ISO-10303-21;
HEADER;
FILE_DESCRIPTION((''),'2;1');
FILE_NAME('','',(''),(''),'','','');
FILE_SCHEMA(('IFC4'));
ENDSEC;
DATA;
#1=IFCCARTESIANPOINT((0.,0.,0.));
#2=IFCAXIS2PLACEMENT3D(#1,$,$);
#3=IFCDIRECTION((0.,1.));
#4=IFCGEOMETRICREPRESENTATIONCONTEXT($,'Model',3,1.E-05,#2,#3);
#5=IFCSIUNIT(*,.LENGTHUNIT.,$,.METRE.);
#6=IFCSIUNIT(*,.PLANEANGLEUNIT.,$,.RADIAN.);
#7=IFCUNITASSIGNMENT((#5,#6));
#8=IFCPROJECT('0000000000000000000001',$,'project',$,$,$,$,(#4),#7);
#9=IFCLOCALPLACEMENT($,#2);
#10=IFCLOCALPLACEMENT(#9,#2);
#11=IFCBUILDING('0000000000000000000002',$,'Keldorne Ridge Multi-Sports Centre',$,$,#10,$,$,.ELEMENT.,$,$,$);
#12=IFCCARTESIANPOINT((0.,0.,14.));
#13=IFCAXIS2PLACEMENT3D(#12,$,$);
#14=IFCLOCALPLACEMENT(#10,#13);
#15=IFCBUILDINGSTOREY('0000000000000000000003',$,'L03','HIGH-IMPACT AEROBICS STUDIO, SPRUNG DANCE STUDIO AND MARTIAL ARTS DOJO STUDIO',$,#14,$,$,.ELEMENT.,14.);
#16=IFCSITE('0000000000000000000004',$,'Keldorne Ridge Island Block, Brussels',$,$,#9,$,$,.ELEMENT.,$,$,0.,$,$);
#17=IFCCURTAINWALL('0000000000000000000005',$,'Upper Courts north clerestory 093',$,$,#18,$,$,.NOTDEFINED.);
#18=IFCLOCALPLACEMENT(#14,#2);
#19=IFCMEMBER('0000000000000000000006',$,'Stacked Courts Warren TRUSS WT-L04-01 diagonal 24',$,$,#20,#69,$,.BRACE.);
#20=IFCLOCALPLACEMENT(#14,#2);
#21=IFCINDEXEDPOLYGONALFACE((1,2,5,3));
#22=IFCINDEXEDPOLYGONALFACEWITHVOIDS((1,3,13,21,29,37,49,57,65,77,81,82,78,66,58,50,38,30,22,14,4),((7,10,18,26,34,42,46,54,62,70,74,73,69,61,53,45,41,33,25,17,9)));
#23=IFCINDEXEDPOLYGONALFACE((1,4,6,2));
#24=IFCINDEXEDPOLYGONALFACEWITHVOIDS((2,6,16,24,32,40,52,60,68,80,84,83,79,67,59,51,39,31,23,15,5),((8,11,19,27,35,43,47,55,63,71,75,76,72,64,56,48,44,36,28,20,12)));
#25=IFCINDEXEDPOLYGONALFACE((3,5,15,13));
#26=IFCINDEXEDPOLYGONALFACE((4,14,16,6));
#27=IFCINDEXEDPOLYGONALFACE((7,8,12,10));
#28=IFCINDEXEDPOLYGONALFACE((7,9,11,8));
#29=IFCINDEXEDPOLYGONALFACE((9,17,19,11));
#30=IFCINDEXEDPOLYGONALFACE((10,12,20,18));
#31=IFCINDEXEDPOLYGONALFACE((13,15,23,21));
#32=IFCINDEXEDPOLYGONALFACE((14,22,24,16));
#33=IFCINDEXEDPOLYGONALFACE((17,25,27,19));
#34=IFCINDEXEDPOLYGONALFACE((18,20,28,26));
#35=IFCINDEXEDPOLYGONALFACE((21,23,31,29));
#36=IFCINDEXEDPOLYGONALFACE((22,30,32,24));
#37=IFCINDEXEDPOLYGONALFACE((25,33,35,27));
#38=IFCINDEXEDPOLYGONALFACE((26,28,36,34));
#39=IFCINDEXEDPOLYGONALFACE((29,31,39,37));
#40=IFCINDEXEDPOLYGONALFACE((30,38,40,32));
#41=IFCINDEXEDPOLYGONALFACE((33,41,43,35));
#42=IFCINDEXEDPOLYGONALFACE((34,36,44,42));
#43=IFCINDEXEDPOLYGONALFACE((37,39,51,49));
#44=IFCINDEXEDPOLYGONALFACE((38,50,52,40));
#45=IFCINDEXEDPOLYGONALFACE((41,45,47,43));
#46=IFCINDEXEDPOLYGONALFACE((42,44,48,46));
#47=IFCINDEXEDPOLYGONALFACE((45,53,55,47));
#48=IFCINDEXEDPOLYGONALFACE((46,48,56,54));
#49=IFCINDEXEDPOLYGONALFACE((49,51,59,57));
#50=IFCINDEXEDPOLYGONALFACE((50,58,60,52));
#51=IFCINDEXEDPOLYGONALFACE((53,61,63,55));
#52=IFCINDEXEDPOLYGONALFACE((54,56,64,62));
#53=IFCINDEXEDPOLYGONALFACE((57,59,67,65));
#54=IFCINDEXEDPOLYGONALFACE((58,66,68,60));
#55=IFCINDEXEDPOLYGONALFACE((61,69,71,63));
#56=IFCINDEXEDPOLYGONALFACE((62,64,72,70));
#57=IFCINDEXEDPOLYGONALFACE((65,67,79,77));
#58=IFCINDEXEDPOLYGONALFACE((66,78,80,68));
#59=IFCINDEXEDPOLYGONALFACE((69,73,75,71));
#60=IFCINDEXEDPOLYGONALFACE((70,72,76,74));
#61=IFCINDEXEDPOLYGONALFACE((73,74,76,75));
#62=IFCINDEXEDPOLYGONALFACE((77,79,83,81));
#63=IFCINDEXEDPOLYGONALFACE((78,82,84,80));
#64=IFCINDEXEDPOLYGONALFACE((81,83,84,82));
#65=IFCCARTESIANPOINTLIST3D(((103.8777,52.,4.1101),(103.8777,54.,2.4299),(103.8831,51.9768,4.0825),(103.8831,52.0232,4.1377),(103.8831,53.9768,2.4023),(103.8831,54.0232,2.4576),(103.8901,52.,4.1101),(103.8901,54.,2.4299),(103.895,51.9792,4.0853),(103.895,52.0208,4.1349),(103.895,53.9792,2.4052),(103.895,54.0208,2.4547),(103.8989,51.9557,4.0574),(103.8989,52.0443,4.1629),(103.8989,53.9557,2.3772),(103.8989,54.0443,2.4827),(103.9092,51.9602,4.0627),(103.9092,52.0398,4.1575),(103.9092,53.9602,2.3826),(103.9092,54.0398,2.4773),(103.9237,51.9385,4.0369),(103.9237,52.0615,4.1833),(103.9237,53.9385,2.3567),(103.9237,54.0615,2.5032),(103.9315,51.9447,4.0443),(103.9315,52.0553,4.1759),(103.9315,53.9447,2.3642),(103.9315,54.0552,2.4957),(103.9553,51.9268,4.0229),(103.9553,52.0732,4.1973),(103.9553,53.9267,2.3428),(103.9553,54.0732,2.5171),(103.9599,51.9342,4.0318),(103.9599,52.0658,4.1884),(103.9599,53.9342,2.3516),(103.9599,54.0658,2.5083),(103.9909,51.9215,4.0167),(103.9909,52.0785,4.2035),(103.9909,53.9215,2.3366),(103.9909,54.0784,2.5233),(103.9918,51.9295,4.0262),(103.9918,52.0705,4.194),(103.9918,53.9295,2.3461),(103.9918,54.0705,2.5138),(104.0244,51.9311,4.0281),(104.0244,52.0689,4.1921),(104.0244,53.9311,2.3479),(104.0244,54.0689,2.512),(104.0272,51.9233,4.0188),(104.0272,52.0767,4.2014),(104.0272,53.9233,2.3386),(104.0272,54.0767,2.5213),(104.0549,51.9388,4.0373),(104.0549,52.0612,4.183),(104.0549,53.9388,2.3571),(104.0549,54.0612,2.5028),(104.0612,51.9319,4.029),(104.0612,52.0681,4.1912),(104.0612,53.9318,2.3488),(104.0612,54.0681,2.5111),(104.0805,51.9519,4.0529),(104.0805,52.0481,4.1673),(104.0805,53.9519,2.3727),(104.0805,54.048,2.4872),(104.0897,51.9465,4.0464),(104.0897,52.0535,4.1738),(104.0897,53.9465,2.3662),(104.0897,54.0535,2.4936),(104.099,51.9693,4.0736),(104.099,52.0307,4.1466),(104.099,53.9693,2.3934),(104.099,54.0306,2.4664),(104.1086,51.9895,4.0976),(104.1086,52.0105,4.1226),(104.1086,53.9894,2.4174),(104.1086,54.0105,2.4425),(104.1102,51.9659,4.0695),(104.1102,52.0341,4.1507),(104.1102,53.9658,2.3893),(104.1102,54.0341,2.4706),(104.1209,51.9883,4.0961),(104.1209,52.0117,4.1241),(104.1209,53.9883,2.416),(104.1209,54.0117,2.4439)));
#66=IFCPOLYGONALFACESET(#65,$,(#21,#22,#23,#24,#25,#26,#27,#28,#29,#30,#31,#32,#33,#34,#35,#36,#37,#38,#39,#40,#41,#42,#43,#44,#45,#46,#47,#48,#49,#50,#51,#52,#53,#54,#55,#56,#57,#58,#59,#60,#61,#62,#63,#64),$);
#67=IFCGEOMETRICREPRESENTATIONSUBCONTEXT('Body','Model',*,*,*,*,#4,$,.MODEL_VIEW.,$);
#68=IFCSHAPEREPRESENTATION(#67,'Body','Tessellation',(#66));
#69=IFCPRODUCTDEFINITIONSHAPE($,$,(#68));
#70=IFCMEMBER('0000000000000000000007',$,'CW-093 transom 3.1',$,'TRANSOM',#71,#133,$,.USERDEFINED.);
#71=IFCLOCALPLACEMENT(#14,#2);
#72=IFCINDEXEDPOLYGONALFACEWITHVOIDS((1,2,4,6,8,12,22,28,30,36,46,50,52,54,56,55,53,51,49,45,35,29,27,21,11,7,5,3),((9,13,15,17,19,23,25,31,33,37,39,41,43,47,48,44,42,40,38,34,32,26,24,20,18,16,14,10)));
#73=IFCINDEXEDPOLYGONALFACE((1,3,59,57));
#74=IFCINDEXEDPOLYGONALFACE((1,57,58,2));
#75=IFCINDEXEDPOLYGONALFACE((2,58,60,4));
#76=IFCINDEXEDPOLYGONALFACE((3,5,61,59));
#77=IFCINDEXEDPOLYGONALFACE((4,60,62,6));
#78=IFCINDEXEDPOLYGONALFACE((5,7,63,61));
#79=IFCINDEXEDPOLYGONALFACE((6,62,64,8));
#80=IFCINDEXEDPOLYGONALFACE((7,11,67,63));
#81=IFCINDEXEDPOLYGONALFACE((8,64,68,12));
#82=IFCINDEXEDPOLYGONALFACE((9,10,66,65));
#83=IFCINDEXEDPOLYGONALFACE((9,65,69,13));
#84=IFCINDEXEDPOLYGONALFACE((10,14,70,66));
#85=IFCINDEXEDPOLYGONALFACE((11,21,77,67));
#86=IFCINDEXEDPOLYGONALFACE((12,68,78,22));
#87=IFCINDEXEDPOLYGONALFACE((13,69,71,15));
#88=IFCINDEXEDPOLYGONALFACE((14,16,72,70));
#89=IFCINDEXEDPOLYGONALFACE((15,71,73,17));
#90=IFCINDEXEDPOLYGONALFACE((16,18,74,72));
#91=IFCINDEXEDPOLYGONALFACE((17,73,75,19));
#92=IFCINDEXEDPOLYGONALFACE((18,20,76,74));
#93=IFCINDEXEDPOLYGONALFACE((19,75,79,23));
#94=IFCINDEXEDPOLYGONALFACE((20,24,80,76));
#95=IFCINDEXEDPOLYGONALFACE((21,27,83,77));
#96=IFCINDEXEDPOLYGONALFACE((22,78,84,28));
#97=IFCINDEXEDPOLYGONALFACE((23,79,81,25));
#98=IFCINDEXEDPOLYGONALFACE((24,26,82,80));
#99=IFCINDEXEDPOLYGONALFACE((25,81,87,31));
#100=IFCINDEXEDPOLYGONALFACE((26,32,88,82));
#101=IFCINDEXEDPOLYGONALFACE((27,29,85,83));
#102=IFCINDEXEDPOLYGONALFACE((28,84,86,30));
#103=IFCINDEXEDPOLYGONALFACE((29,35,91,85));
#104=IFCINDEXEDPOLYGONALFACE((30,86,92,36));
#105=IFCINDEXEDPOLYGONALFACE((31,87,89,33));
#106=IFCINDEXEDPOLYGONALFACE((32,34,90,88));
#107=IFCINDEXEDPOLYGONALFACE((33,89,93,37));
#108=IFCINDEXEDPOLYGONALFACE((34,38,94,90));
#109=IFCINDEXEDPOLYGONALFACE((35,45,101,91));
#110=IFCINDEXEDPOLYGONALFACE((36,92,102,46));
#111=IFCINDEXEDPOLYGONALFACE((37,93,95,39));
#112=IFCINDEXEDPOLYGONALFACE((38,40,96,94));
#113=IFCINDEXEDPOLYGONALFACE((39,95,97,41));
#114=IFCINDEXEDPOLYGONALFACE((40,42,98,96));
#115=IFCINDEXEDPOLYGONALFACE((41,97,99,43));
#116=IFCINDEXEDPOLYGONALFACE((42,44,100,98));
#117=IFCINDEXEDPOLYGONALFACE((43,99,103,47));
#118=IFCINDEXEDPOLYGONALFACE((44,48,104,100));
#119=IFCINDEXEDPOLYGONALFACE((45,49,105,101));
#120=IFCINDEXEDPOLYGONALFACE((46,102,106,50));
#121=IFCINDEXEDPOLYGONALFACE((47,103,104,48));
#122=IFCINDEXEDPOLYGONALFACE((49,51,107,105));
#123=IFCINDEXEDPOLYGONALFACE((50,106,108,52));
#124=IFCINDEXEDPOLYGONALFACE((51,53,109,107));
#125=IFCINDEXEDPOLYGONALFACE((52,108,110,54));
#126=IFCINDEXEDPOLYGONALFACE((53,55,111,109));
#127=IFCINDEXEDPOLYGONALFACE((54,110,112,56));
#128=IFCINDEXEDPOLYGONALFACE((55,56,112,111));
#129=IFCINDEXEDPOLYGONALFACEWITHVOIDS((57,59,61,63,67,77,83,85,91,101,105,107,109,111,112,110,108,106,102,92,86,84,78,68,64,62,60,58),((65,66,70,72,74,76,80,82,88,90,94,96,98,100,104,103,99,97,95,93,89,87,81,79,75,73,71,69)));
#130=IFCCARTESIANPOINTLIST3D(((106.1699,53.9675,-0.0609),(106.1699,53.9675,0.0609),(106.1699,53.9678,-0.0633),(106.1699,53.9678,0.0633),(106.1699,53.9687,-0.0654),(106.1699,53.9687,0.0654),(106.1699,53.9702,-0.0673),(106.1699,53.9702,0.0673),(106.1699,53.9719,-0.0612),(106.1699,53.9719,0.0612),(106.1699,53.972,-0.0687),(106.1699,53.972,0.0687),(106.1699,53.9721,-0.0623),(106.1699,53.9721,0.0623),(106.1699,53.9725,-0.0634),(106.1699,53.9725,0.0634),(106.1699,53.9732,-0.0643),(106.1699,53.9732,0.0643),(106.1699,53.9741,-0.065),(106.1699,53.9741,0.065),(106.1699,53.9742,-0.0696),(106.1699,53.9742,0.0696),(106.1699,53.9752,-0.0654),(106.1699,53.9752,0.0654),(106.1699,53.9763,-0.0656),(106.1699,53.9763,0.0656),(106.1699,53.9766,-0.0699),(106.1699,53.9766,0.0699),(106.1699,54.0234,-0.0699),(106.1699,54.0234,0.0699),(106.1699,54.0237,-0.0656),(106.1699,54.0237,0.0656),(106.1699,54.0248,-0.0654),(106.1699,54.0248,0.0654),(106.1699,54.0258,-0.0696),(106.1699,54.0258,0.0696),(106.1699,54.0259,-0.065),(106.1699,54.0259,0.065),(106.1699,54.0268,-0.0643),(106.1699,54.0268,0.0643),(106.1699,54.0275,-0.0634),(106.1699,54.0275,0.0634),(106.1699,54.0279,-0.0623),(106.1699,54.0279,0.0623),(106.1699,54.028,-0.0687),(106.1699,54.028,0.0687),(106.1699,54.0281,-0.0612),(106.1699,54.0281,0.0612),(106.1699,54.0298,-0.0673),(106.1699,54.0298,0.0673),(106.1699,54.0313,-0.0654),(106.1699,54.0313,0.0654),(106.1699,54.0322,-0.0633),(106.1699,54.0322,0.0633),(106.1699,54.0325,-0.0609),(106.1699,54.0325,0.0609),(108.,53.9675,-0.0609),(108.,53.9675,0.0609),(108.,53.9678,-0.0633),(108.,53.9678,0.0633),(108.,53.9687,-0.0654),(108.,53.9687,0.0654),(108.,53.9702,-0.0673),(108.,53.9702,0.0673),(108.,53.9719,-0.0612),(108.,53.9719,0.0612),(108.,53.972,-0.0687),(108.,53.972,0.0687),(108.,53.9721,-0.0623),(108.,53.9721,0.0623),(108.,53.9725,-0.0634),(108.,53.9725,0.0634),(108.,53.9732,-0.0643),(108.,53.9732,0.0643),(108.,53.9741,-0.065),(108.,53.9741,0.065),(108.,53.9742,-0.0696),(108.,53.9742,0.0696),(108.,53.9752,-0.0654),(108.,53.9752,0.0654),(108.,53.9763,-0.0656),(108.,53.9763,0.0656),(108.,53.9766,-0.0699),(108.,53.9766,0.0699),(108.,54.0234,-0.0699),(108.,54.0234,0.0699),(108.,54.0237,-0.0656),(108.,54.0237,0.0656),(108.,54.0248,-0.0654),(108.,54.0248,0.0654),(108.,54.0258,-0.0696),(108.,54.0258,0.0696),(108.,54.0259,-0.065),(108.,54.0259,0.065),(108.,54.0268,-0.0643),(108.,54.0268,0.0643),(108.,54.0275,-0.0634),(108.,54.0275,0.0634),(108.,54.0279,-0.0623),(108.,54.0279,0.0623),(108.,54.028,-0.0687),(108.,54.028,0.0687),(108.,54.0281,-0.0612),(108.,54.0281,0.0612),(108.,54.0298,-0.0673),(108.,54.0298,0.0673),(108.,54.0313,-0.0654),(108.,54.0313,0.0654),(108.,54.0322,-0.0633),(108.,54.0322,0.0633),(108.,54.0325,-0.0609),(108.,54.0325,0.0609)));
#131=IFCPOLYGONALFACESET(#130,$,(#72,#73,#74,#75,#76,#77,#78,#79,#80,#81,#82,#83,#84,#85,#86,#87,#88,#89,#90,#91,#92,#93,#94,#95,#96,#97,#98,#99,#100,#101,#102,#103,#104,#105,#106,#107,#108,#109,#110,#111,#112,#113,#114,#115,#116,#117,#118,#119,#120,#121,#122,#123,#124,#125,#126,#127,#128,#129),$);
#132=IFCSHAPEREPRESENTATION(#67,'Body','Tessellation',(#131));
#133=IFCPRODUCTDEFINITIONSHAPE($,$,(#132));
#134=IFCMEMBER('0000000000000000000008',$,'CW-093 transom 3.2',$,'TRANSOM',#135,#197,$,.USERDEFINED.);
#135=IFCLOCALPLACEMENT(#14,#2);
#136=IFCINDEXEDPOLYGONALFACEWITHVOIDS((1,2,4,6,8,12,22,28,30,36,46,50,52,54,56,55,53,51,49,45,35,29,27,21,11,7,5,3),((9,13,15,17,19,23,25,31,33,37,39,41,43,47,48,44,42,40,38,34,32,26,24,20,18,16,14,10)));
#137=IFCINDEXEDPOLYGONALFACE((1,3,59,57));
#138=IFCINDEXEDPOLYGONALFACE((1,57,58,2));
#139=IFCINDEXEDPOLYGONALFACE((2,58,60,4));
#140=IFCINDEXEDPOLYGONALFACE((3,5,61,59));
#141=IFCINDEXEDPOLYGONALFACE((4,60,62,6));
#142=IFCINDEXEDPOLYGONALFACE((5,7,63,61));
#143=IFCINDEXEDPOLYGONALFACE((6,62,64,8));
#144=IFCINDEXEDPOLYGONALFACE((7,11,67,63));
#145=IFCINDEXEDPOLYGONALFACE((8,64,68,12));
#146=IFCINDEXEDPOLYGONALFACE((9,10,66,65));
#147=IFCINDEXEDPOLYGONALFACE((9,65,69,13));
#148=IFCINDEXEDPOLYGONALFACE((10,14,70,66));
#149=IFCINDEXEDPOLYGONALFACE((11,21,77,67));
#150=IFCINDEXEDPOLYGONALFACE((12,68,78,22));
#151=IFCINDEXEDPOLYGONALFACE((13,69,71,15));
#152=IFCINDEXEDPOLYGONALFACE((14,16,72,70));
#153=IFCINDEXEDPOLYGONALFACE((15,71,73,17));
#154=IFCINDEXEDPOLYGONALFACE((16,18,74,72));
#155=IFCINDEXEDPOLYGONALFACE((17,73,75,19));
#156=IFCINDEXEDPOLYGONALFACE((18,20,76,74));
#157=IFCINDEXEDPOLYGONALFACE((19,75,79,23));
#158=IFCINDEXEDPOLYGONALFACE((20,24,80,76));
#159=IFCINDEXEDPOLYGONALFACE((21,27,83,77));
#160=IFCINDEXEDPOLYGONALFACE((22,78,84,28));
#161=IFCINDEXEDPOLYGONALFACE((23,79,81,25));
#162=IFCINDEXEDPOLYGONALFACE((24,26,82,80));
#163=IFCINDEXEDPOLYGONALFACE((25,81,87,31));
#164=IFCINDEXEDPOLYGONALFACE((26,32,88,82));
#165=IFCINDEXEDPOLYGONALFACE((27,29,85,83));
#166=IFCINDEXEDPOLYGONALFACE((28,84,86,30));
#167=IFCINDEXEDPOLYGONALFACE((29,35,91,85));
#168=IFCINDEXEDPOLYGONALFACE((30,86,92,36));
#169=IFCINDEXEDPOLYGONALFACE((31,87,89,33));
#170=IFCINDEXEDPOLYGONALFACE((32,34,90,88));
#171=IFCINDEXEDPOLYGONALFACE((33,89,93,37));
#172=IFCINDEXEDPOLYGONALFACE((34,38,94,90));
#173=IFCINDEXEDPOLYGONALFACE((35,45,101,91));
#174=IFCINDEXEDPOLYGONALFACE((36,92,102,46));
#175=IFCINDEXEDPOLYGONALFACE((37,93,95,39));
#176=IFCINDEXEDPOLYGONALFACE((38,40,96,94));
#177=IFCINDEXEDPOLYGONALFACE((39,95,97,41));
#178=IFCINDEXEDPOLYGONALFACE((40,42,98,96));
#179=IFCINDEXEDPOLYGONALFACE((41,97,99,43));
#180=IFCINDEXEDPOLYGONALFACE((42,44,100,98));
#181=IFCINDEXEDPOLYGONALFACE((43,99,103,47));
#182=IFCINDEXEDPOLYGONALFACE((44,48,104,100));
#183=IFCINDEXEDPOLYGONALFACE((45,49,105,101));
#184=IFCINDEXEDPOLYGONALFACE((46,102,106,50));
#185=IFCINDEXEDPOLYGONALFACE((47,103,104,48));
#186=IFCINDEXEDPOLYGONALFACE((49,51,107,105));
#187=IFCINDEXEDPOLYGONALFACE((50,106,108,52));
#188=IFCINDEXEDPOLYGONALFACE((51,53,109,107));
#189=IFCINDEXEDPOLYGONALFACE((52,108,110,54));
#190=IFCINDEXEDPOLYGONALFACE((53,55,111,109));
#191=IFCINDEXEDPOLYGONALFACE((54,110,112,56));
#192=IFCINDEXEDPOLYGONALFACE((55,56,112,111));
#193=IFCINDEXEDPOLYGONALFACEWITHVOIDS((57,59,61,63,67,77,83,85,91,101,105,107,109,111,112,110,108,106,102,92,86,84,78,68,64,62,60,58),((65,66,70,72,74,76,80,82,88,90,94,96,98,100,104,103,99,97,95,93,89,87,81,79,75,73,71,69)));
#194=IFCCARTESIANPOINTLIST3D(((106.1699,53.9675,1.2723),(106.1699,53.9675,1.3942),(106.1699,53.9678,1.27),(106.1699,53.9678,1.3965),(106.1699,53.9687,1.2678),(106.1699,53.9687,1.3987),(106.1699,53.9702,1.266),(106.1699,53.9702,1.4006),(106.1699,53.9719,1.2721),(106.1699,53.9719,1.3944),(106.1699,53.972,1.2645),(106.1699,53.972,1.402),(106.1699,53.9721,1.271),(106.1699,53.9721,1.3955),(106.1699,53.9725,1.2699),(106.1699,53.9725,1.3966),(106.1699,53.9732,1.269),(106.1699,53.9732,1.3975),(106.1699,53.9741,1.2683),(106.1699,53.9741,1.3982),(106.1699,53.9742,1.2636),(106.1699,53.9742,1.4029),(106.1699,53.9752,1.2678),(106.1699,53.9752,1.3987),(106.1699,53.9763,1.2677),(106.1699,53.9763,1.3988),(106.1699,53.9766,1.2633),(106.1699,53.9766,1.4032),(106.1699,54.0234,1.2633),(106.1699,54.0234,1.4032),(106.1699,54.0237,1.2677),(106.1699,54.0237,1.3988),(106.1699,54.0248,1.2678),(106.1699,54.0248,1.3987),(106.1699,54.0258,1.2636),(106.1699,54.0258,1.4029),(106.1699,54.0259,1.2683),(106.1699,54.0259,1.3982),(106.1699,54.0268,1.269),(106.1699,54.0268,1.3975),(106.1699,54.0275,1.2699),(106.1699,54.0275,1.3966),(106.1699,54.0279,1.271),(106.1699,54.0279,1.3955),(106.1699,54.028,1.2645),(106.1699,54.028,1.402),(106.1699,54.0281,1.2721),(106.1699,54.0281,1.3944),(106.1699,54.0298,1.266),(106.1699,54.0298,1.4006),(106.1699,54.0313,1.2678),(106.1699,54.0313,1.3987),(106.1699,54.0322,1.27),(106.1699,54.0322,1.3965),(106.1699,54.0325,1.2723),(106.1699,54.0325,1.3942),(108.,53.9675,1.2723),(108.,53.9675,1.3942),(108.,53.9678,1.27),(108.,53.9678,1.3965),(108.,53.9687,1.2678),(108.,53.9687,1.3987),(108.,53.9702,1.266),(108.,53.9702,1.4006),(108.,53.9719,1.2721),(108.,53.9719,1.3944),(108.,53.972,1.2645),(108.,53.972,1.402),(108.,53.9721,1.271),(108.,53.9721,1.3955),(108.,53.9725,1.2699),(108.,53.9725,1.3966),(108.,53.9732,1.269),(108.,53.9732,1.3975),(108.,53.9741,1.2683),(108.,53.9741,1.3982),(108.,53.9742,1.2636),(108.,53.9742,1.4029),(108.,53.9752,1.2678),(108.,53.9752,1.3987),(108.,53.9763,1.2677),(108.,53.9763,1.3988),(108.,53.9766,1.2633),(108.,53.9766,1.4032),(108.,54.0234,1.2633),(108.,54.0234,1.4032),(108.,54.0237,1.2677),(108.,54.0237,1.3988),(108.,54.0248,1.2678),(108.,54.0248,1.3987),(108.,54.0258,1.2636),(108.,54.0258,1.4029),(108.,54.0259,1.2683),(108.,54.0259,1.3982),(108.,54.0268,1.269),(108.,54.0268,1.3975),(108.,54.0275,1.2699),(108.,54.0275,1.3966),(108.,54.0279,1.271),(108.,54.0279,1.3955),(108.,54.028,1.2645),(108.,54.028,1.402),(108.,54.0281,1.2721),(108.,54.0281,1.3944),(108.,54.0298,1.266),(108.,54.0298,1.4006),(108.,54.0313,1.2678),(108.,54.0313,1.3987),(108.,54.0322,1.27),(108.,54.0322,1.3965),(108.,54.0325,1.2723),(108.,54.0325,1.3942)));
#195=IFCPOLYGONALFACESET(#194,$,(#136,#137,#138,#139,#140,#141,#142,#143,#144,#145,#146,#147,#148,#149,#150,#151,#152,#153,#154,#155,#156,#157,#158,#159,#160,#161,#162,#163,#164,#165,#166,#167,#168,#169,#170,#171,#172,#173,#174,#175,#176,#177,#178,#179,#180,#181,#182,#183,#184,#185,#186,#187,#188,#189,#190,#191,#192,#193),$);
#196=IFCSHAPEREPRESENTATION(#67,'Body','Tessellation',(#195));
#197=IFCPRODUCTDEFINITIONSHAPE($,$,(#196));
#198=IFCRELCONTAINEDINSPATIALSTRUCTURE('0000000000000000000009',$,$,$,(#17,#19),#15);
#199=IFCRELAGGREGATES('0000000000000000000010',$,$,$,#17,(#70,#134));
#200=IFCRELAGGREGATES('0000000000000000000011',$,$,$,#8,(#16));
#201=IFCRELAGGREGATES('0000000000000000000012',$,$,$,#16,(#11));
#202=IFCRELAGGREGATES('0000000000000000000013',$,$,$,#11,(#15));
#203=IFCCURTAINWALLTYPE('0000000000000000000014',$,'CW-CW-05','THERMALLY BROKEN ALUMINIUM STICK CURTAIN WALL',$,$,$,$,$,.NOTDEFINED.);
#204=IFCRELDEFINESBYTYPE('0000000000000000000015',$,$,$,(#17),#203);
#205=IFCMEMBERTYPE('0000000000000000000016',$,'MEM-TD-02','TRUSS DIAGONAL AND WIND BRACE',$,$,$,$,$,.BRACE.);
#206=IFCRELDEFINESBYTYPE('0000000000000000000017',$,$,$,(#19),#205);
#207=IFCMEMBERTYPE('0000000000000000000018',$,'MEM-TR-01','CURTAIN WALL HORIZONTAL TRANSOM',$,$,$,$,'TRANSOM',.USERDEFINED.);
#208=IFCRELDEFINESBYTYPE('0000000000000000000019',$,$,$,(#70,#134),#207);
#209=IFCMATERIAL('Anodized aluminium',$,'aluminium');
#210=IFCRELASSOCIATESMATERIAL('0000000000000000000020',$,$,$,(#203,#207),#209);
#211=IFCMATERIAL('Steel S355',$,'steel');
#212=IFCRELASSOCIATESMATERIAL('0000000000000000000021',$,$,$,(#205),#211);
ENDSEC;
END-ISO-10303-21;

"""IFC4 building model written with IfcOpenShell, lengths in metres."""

from ifc_helpers import new_model, si_unit, direction, frame, origin, origin_2d, place, context, subcontext, project, spatial, hollow_rectangle, hollow_circle, extrude, material, material_profile, profile_set, type_object, element, aggregate, save


model = new_model("IFC4")

# Units and contexts
model_context = context("Model", 3, precision=1e-05, world=origin(), true_north=direction((0.0, 1.0)))
body_context = subcontext(model_context, "Body", "Model", "MODEL_VIEW")
ifc_project = project(units=[si_unit("LENGTHUNIT", "METRE"), si_unit("PLANEANGLEUNIT", "RADIAN")], contexts=[model_context])

# Site, building, storey
site_placement = place(None, origin())
site = spatial("IfcSite", under=ifc_project, at=site_placement, Name="Keldorne Ridge Island Block, Brussels", CompositionType="ELEMENT", RefElevation=0.0)
building_placement = place(site_placement, origin())
building = spatial("IfcBuilding", under=site, at=building_placement, Name="Keldorne Ridge Multi-Sports Centre", CompositionType="ELEMENT")
storey_placement = place(building_placement, frame((0.0, 0.0, 14.0)))
storey = spatial("IfcBuildingStorey", under=building, at=storey_placement, Name="L03", Description="HIGH-IMPACT AEROBICS STUDIO, SPRUNG DANCE STUDIO AND MARTIAL ARTS DOJO STUDIO", CompositionType="ELEMENT", Elevation=14.0)

# Shared definitions
ifc_material_1 = material(Name="Steel S355", Category="steel")

# Curtain wall
ifc_material_2 = material(Name="Anodized aluminium", Category="aluminium")
curtain_wall_type = type_object("IfcCurtainWallType", Name="CW-CW-05", Description="THERMALLY BROKEN ALUMINIUM STICK CURTAIN WALL", PredefinedType="NOTDEFINED", material=ifc_material_2)
curtain_wall_placement = place(storey_placement, origin())
curtain_wall = element("IfcCurtainWall", 1, at=curtain_wall_placement, inside=storey, type_object=curtain_wall_type, Name="Upper Courts north clerestory 093", PredefinedType="NOTDEFINED")

# Member
ifc_material_profile_1 = material_profile(ifc_material_1, hollow_circle(Radius=0.1223, WallThickness=0.0125, at=origin_2d()), Name="CHS 244.5x12.5")
ifc_profile_set_1 = profile_set([ifc_material_profile_1], Name="Steel S355")
member_type_1 = type_object("IfcMemberType", Name="MEM-TD-02", Description="TRUSS DIAGONAL AND WIND BRACE", PredefinedType="BRACE", material=ifc_profile_set_1)
for number, where, z_axis, x_axis, name in (
    (2, (104.0, 52.0, 4.1101), (0.0, 0.765672, -0.643232), (-1.0, 0.0, 0.0), "Stacked Courts Warren TRUSS WT-L04-01 diagonal 24"),
):
    element("IfcMember", number, at=place(storey_placement, frame(where, z_axis=z_axis, x_axis=x_axis)), inside=storey, type_object=member_type_1, Name=name, PredefinedType="BRACE", context=body_context, shape_type="SweptSolid", body=[
        extrude(hollow_circle(Radius=0.1223, WallThickness=0.0125, at=origin_2d()), origin(), (0.0, 0.0, 1.0), 2.6121),
    ])

# Members
ifc_material_profile_2 = material_profile(ifc_material_2, hollow_rectangle(XDim=0.0649, YDim=0.1399, WallThickness=0.0044, InnerFilletRadius=0.0044, OuterFilletRadius=0.009, at=origin_2d()), Name="ALU TRANSOM 140x65x4.5")
ifc_profile_set_2 = profile_set([ifc_material_profile_2], Name="Anodized aluminium")
member_type_2 = type_object("IfcMemberType", Name="MEM-TR-01", Description="CURTAIN WALL HORIZONTAL TRANSOM", ElementType="TRANSOM", PredefinedType="USERDEFINED", material=ifc_profile_set_2)
member_1_placement = place(storey_placement, frame((108.0, 54.0, 0.0), z_axis=(-1.0, 0.0, 0.0), x_axis=(0.0, -1.0, 0.0)))
member_1 = element("IfcMember", 3, at=member_1_placement, type_object=member_type_2, Name="CW-093 transom 3.1", ObjectType="TRANSOM", PredefinedType="USERDEFINED", context=body_context, shape_type="SweptSolid", body=[
    extrude(hollow_rectangle(XDim=0.0649, YDim=0.1399, WallThickness=0.0044, InnerFilletRadius=0.0044, OuterFilletRadius=0.009, at=origin_2d()), origin(), (0.0, 0.0, 1.0), 1.8301),
])
member_2_placement = place(storey_placement, frame((108.0, 54.0, 1.3333), z_axis=(-1.0, 0.0, 0.0), x_axis=(0.0, -1.0, 0.0)))
member_2 = element("IfcMember", 4, at=member_2_placement, type_object=member_type_2, Name="CW-093 transom 3.2", ObjectType="TRANSOM", PredefinedType="USERDEFINED", context=body_context, shape_type="SweptSolid", body=[
    extrude(hollow_rectangle(XDim=0.0649, YDim=0.1399, WallThickness=0.0044, InnerFilletRadius=0.0044, OuterFilletRadius=0.009, at=origin_2d()), origin(), (0.0, 0.0, 1.0), 1.8301),
])

aggregate(curtain_wall, [member_1, member_2])

save(model, "model.ifc")
